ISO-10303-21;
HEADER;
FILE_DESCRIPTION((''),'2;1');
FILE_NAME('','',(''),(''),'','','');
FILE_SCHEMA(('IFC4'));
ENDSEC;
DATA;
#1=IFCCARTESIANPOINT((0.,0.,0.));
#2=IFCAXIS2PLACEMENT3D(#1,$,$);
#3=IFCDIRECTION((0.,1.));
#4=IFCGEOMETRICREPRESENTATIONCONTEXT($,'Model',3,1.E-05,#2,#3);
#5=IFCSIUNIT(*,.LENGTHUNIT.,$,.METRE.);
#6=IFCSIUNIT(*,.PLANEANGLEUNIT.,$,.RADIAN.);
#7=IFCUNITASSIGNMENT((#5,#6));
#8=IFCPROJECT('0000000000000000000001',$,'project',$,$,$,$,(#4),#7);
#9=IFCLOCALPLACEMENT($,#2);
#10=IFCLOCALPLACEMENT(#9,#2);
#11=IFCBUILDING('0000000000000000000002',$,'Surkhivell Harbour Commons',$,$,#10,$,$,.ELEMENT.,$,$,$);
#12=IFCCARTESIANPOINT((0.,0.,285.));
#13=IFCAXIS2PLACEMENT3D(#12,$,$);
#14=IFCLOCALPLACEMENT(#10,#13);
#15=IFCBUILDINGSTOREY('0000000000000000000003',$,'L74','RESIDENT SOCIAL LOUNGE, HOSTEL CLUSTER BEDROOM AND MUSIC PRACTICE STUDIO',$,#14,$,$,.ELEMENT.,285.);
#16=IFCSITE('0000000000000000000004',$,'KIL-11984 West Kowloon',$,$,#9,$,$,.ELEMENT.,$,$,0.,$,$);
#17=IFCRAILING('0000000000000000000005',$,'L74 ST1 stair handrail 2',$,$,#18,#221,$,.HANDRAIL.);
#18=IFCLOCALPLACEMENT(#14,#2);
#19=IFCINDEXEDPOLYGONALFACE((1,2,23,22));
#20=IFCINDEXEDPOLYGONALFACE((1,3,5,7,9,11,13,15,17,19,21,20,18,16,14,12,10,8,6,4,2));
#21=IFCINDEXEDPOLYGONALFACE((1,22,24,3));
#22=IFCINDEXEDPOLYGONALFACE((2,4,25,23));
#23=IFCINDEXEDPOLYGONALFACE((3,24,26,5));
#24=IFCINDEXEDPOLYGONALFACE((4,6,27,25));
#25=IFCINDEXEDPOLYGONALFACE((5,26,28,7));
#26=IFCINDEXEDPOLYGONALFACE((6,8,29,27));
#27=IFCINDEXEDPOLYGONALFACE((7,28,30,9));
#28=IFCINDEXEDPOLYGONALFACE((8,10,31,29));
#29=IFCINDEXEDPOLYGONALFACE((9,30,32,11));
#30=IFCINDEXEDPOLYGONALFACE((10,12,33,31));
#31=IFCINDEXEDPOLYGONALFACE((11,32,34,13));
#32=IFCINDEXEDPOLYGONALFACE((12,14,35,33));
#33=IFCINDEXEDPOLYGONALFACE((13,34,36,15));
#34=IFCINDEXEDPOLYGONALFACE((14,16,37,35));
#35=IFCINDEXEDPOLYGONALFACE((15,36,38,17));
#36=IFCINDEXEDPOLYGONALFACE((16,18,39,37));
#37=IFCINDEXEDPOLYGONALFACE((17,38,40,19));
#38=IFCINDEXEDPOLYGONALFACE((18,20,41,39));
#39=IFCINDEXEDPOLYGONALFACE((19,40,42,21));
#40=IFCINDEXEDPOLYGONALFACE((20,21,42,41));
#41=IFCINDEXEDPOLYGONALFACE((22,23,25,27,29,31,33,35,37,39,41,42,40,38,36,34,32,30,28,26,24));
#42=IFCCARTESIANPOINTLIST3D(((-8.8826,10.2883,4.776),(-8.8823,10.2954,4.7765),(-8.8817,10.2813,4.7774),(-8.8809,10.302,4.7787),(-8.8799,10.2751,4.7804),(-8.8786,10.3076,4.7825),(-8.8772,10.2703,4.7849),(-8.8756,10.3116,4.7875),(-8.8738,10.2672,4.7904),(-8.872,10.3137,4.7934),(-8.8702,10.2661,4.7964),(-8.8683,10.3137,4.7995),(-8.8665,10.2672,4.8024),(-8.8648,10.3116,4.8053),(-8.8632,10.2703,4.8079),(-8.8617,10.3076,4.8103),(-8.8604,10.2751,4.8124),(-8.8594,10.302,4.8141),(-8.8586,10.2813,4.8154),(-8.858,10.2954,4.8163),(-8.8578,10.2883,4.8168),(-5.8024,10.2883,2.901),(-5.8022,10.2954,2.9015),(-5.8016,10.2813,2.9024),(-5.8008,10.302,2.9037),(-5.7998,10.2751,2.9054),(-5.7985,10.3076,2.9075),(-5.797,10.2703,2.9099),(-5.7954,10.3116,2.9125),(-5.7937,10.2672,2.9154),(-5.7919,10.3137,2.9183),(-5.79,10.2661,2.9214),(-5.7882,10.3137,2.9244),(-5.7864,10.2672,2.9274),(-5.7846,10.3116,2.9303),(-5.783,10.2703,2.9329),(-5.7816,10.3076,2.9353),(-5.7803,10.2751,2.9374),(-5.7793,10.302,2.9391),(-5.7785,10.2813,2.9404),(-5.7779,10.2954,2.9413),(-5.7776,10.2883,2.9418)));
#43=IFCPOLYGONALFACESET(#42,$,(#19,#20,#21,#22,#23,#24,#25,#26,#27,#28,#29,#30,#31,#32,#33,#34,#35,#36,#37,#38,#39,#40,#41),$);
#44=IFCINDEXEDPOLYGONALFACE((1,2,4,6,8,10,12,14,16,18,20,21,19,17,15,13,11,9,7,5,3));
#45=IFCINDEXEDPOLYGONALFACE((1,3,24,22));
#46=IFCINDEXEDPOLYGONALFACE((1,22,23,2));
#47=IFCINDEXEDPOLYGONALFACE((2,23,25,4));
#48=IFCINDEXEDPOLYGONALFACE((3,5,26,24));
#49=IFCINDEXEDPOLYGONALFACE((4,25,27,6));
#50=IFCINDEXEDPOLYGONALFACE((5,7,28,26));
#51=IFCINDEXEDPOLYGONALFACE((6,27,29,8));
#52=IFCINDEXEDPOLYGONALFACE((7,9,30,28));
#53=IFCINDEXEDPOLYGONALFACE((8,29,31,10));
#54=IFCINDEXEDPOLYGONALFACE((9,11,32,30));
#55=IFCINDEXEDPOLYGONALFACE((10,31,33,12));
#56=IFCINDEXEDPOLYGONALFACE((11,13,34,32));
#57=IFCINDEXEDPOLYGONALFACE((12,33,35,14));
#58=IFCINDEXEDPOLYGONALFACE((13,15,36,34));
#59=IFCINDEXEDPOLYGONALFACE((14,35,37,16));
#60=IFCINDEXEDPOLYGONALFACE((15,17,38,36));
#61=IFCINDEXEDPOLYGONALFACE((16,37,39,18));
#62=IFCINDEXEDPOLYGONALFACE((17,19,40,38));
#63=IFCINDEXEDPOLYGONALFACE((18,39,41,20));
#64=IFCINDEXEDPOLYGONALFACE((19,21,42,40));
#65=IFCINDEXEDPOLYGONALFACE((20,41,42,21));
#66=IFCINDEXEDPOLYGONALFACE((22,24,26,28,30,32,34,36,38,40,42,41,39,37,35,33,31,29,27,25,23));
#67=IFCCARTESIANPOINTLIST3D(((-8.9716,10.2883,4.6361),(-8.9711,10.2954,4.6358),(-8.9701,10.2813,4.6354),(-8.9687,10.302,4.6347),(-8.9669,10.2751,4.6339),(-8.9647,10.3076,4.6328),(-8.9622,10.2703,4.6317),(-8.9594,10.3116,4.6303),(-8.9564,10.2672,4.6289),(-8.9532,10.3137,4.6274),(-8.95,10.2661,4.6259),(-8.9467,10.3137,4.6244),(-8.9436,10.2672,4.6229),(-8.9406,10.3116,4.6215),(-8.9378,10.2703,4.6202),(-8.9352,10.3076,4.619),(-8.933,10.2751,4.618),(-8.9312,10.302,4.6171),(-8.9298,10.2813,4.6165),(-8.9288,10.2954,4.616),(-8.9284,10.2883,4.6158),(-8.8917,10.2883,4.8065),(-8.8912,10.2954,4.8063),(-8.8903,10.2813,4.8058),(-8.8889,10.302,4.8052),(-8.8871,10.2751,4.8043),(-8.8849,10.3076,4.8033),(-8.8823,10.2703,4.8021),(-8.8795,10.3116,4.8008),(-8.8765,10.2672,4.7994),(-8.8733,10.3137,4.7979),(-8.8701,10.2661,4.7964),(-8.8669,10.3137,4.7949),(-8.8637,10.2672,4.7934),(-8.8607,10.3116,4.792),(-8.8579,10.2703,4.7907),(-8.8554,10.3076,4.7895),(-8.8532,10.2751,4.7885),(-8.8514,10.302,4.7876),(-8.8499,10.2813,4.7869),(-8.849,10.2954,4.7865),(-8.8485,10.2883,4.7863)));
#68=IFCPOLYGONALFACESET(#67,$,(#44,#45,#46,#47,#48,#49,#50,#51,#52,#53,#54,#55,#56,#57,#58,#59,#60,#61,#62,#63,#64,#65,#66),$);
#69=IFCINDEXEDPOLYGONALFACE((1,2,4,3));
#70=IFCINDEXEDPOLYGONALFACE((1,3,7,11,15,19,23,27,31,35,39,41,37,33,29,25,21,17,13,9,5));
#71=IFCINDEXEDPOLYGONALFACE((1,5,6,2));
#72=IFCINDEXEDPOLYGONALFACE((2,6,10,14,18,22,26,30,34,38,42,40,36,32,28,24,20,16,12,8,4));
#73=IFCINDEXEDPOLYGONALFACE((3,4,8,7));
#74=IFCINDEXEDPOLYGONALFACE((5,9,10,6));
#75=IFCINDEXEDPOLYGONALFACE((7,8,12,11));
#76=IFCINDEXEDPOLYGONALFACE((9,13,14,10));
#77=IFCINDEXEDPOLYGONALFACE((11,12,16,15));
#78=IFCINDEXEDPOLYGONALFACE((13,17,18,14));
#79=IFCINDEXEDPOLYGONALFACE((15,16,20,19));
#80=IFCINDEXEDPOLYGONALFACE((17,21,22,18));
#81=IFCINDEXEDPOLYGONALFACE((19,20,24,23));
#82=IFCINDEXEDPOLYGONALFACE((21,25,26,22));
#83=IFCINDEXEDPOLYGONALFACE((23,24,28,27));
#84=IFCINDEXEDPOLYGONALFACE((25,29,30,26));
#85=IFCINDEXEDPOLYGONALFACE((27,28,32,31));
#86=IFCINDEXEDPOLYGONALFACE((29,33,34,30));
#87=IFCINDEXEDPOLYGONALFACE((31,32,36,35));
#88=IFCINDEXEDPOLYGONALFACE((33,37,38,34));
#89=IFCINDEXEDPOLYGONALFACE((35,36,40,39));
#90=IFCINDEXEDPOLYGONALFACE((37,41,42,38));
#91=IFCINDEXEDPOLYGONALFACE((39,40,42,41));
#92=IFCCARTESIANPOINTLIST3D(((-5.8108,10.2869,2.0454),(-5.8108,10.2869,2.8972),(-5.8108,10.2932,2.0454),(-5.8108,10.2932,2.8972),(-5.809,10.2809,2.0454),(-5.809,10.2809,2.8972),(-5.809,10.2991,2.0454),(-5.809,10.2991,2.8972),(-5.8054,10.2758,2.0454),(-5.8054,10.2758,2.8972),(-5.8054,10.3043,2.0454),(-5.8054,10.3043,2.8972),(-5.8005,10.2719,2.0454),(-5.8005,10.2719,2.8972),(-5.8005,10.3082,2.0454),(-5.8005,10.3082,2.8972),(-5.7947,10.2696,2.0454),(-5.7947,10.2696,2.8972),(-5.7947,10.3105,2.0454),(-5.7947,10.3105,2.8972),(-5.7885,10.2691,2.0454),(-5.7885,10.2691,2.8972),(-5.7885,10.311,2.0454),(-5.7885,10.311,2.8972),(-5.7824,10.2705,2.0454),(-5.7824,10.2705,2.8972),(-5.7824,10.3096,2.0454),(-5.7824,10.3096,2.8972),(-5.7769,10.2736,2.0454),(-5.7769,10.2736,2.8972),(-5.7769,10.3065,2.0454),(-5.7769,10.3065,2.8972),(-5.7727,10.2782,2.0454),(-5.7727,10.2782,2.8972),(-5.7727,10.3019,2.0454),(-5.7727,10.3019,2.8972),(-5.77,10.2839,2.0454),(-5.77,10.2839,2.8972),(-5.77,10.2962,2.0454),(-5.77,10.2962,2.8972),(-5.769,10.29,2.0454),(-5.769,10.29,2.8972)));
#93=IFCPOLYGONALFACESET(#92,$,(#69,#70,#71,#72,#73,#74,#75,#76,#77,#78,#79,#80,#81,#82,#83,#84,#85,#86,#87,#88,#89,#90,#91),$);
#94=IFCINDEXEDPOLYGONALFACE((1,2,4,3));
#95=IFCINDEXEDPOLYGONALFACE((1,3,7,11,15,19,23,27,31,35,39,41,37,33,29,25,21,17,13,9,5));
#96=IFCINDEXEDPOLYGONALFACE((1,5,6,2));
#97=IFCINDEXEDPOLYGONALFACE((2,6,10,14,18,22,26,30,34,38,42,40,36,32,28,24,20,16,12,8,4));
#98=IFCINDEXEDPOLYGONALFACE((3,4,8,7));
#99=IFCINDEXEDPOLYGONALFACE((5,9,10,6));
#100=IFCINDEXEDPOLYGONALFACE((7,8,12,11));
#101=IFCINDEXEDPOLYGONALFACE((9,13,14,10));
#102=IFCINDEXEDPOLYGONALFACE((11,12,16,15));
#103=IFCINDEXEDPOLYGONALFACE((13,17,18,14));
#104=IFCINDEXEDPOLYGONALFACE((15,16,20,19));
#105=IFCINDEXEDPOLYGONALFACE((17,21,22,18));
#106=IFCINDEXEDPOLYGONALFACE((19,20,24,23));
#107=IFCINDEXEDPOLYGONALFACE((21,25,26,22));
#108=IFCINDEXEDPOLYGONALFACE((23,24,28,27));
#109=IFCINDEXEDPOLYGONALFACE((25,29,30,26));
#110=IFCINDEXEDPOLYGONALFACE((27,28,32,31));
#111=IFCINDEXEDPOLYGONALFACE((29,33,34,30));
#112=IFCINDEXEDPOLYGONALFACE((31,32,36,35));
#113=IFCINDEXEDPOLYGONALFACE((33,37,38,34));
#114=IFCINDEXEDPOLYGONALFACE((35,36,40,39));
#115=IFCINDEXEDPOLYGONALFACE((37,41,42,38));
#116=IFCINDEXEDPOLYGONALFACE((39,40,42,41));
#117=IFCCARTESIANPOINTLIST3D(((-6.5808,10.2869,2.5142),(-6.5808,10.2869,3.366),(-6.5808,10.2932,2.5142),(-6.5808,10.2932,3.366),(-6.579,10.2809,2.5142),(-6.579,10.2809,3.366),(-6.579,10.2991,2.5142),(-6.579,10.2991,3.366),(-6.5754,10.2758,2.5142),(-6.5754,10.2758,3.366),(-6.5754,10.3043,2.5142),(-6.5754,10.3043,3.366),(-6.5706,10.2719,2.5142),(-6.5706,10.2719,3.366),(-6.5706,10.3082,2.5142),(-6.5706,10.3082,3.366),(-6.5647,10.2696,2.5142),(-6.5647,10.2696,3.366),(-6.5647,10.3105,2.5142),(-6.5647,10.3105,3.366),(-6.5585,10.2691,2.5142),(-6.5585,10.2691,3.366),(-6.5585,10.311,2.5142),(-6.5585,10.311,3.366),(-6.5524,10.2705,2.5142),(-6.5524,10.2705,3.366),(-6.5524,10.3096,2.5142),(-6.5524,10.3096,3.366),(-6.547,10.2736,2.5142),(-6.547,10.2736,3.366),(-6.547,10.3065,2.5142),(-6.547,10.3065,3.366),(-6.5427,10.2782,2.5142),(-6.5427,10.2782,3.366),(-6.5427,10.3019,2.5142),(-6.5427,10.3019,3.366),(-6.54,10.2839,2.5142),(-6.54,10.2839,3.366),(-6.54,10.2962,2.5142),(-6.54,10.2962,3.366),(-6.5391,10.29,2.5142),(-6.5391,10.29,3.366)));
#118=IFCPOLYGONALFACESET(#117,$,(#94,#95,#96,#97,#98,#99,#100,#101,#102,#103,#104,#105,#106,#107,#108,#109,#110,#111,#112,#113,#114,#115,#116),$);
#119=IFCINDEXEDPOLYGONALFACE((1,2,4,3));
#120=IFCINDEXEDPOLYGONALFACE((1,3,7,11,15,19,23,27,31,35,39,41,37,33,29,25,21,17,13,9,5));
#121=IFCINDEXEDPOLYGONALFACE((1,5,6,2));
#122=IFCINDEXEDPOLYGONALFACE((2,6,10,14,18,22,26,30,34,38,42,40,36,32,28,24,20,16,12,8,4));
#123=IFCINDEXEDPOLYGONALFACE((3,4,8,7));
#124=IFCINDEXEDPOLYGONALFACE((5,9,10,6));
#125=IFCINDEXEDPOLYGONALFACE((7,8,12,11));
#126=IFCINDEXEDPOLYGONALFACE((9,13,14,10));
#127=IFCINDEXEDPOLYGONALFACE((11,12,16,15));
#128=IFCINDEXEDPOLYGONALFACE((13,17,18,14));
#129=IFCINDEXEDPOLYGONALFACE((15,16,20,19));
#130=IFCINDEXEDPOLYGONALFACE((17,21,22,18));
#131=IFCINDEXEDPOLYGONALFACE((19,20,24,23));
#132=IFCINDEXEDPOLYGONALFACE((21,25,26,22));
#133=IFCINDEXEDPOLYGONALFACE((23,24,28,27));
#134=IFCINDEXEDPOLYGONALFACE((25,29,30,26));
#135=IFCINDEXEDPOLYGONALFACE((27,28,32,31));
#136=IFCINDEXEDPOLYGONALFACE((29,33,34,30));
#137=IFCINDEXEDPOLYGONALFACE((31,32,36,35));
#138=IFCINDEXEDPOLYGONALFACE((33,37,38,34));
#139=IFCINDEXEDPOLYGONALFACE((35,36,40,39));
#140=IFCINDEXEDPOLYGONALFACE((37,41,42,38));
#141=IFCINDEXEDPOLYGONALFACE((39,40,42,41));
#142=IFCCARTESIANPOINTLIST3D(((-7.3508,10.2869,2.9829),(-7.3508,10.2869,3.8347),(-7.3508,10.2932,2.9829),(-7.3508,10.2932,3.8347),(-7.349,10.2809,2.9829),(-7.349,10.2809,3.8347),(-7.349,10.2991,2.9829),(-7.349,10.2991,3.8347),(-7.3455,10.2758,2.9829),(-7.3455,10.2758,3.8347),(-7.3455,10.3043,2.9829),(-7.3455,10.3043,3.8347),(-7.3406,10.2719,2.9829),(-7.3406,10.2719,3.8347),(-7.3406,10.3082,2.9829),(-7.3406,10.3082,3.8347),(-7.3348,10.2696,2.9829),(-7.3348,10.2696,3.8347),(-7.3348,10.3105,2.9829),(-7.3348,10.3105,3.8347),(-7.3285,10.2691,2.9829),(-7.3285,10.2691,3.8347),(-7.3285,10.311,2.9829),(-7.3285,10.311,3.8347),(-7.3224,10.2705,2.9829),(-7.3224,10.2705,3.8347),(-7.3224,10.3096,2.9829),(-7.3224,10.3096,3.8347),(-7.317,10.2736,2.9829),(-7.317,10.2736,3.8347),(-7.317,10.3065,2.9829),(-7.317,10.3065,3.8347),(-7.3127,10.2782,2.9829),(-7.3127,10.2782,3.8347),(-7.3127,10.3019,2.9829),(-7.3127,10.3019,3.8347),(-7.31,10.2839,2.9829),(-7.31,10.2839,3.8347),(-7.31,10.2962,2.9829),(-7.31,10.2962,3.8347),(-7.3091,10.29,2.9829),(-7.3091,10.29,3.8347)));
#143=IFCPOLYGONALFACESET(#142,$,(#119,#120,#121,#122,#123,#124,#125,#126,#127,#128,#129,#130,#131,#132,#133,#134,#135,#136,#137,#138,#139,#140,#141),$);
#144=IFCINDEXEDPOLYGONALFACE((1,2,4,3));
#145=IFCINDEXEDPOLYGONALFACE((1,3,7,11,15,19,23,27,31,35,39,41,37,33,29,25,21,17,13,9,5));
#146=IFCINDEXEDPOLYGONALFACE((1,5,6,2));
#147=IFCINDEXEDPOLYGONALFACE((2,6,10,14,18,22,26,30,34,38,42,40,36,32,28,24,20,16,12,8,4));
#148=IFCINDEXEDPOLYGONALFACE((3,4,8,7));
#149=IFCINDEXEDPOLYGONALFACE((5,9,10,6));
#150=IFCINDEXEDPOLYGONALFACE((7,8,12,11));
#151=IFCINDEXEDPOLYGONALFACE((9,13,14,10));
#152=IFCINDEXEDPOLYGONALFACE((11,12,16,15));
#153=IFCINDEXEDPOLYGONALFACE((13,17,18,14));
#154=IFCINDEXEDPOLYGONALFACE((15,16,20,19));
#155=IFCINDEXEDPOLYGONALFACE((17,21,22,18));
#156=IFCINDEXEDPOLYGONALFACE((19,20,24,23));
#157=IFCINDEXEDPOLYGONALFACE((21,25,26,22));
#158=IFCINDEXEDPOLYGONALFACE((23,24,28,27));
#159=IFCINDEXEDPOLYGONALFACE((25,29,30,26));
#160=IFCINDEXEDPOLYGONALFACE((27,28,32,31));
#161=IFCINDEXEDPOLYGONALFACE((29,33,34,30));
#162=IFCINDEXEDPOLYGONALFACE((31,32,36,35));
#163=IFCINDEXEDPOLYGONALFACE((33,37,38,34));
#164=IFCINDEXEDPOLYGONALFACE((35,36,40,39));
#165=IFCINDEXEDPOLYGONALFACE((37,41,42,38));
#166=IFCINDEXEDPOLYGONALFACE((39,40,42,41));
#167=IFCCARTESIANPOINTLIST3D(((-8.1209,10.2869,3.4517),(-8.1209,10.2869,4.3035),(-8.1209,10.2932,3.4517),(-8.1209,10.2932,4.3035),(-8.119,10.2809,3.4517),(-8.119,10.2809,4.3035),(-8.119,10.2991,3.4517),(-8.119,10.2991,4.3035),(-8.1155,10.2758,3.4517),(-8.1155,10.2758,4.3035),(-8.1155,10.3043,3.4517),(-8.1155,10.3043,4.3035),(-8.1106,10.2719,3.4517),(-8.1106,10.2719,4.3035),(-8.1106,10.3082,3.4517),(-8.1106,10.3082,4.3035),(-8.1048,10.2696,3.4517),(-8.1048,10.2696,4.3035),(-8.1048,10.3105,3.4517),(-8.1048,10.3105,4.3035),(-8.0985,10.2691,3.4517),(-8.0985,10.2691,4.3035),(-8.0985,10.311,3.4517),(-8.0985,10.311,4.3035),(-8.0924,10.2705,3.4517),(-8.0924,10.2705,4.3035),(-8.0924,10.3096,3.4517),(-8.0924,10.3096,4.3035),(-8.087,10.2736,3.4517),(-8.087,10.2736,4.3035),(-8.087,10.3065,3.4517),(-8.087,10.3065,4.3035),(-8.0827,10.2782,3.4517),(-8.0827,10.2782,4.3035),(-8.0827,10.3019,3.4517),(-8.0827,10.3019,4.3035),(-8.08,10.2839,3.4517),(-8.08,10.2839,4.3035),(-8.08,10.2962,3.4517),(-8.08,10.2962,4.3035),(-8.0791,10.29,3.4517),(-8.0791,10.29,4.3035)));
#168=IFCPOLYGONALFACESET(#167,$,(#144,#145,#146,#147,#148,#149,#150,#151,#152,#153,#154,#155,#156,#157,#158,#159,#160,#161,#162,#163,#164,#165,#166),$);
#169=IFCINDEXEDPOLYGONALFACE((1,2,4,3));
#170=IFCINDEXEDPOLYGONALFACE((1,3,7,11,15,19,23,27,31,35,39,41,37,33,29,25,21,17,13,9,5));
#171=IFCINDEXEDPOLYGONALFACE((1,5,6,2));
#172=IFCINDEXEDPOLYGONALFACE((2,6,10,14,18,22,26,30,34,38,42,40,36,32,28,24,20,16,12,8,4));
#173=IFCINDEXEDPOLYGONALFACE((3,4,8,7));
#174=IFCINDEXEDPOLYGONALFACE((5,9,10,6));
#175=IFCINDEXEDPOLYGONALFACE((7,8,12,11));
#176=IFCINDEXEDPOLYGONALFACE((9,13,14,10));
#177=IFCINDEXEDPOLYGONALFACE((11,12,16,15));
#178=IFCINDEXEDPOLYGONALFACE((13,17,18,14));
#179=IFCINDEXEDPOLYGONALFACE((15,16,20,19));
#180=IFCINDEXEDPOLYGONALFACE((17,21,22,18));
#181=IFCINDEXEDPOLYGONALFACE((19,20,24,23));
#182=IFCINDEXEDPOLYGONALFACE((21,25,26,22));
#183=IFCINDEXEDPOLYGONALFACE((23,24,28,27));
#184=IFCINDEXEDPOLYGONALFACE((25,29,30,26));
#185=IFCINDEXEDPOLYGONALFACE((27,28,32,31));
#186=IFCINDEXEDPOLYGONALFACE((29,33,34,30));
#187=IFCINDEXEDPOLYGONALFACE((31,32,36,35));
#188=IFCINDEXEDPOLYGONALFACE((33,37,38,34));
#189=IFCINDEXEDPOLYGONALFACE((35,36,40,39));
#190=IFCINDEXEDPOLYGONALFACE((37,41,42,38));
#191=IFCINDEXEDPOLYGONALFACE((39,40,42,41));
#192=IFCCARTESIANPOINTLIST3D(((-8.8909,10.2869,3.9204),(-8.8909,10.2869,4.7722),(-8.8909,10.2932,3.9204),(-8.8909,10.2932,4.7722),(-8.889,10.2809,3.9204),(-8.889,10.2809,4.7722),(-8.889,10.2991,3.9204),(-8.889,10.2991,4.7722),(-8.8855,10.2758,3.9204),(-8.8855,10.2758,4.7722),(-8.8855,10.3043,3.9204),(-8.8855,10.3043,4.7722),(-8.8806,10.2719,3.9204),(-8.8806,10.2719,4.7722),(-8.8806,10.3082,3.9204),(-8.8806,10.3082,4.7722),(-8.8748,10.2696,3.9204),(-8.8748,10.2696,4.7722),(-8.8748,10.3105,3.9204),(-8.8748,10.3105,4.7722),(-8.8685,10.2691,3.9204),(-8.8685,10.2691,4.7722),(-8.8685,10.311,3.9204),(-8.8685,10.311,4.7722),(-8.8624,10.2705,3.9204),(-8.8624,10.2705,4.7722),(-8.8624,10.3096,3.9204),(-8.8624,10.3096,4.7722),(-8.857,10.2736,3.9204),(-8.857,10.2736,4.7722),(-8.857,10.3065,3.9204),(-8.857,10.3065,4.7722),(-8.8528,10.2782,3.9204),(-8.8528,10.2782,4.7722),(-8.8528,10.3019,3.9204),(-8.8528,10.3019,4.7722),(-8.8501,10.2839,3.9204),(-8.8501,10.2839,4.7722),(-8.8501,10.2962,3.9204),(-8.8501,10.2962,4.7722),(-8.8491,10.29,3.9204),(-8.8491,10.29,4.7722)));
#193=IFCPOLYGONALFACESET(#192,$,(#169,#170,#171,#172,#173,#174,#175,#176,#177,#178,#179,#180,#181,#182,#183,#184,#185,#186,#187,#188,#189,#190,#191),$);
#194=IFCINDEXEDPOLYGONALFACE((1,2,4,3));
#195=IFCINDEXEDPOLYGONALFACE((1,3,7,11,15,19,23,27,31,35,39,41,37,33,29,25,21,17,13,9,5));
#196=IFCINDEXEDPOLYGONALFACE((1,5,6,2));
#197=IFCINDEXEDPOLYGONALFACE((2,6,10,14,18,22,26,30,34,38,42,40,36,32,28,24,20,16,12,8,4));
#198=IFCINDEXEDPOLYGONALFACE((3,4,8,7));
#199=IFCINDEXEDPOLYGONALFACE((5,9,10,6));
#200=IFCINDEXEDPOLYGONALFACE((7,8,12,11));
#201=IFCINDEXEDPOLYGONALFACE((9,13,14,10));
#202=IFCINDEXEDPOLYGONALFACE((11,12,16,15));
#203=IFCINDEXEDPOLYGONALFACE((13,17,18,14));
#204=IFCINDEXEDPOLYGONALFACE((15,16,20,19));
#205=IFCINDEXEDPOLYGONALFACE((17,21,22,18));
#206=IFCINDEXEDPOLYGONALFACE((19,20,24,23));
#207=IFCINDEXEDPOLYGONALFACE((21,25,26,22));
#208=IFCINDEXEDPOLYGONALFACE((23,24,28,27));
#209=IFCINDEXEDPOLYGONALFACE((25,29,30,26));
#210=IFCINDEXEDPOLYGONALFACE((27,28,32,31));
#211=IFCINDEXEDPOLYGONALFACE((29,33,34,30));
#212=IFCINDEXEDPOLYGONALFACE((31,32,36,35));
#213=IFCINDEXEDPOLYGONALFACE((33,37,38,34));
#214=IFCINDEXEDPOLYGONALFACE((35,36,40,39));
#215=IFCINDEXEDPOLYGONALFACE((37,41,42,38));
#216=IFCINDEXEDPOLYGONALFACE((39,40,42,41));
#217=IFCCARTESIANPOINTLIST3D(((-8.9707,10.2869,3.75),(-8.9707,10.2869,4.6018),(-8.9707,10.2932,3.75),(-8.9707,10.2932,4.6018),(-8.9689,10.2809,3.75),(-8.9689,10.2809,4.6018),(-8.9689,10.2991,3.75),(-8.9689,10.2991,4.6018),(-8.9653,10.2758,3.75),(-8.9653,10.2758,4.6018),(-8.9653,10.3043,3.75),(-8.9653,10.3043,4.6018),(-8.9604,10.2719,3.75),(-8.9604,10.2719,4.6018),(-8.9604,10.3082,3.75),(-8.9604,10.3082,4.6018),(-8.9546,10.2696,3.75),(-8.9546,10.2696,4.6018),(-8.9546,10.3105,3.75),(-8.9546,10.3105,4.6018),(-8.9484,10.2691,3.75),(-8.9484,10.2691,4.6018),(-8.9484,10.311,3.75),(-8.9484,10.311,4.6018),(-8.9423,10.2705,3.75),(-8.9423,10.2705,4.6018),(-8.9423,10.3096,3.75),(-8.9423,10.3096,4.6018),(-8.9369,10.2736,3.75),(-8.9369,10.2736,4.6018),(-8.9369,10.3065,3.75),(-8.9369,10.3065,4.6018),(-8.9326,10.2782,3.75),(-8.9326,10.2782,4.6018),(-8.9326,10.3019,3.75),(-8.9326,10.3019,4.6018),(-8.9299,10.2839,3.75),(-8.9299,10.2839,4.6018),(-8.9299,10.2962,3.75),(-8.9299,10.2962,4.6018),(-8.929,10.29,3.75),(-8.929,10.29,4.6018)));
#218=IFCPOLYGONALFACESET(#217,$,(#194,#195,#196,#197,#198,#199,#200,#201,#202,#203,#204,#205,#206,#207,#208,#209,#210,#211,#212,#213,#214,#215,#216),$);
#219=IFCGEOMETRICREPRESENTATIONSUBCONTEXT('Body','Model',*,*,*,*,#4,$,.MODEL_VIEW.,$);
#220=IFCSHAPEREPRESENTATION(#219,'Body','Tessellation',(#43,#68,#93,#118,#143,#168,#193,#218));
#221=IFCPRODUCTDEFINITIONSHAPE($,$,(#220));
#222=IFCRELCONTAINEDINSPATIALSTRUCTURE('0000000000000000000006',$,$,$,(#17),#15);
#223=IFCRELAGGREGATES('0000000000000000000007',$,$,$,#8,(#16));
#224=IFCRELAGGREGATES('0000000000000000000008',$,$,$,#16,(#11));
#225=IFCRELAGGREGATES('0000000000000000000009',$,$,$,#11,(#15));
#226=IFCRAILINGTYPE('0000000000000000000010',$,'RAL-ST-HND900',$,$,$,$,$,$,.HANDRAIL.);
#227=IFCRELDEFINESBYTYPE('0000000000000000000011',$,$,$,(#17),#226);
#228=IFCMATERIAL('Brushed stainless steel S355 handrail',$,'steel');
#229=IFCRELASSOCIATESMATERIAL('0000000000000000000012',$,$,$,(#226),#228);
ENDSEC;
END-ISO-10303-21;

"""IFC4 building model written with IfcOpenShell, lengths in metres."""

from ifc_helpers import new_model, si_unit, direction, frame, origin, origin_2d, place, context, subcontext, project, spatial, circle, extrude, material, type_object, element, save


model = new_model("IFC4")

# Units and contexts
model_context = context("Model", 3, precision=1e-05, world=origin(), true_north=direction((0.0, 1.0)))
body_context = subcontext(model_context, "Body", "Model", "MODEL_VIEW")
ifc_project = project(units=[si_unit("LENGTHUNIT", "METRE"), si_unit("PLANEANGLEUNIT", "RADIAN")], contexts=[model_context])

# Site, building, storey
site_placement = place(None, origin())
site = spatial("IfcSite", under=ifc_project, at=site_placement, Name="KIL-11984 West Kowloon", CompositionType="ELEMENT", RefElevation=0.0)
building_placement = place(site_placement, origin())
building = spatial("IfcBuilding", under=site, at=building_placement, Name="Surkhivell Harbour Commons", CompositionType="ELEMENT")
storey_placement = place(building_placement, frame((0.0, 0.0, 285.0)))
storey = spatial("IfcBuildingStorey", under=building, at=storey_placement, Name="L74", Description="RESIDENT SOCIAL LOUNGE, HOSTEL CLUSTER BEDROOM AND MUSIC PRACTICE STUDIO", CompositionType="ELEMENT", Elevation=285.0)

# Railing
ifc_material_1 = material(Name="Brushed stainless steel S355 handrail", Category="steel")
railing_type_1 = type_object("IfcRailingType", Name="RAL-ST-HND900", PredefinedType="HANDRAIL", material=ifc_material_1)
railing_1_placement = place(storey_placement, frame((-5.79, 10.29, 2.0454)))
element("IfcRailing", 1, at=railing_1_placement, inside=storey, type_object=railing_type_1, Name="L74 ST1 stair handrail 2", PredefinedType="HANDRAIL", context=body_context, shape_type="SweptSolid", body=[
    extrude(circle(Radius=0.0239, at=origin_2d()), frame((0.0, 0.0, 0.876), z_axis=(-0.854178, 0.0, 0.519981), x_axis=(0.0, -1.0, 0.0)), (0.0, 0.0, 1.0), 3.606),
    extrude(circle(Radius=0.0239, at=origin_2d()), frame((-3.0801, 0.0, 2.751), z_axis=(-0.424234, 0.0, -0.905552), x_axis=(0.0, -1.0, 0.0)), (0.0, 0.0, 1.0), 0.1882),
    extrude(circle(Radius=0.021, at=origin_2d()), origin(), (0.0, 0.0, 1.0), 0.8518),
    extrude(circle(Radius=0.021, at=origin_2d()), frame((-0.77, 0.0, 0.4688)), (0.0, 0.0, 1.0), 0.8518),
    extrude(circle(Radius=0.021, at=origin_2d()), frame((-1.54, 0.0, 0.9375)), (0.0, 0.0, 1.0), 0.8518),
    extrude(circle(Radius=0.021, at=origin_2d()), frame((-2.3101, 0.0, 1.4062)), (0.0, 0.0, 1.0), 0.8518),
    extrude(circle(Radius=0.021, at=origin_2d()), frame((-3.0801, 0.0, 1.875)), (0.0, 0.0, 1.0), 0.8518),
    extrude(circle(Radius=0.021, at=origin_2d()), frame((-3.1599, 0.0, 1.7046)), (0.0, 0.0, 1.0), 0.8518),
])

save(model, "model.ifc")
